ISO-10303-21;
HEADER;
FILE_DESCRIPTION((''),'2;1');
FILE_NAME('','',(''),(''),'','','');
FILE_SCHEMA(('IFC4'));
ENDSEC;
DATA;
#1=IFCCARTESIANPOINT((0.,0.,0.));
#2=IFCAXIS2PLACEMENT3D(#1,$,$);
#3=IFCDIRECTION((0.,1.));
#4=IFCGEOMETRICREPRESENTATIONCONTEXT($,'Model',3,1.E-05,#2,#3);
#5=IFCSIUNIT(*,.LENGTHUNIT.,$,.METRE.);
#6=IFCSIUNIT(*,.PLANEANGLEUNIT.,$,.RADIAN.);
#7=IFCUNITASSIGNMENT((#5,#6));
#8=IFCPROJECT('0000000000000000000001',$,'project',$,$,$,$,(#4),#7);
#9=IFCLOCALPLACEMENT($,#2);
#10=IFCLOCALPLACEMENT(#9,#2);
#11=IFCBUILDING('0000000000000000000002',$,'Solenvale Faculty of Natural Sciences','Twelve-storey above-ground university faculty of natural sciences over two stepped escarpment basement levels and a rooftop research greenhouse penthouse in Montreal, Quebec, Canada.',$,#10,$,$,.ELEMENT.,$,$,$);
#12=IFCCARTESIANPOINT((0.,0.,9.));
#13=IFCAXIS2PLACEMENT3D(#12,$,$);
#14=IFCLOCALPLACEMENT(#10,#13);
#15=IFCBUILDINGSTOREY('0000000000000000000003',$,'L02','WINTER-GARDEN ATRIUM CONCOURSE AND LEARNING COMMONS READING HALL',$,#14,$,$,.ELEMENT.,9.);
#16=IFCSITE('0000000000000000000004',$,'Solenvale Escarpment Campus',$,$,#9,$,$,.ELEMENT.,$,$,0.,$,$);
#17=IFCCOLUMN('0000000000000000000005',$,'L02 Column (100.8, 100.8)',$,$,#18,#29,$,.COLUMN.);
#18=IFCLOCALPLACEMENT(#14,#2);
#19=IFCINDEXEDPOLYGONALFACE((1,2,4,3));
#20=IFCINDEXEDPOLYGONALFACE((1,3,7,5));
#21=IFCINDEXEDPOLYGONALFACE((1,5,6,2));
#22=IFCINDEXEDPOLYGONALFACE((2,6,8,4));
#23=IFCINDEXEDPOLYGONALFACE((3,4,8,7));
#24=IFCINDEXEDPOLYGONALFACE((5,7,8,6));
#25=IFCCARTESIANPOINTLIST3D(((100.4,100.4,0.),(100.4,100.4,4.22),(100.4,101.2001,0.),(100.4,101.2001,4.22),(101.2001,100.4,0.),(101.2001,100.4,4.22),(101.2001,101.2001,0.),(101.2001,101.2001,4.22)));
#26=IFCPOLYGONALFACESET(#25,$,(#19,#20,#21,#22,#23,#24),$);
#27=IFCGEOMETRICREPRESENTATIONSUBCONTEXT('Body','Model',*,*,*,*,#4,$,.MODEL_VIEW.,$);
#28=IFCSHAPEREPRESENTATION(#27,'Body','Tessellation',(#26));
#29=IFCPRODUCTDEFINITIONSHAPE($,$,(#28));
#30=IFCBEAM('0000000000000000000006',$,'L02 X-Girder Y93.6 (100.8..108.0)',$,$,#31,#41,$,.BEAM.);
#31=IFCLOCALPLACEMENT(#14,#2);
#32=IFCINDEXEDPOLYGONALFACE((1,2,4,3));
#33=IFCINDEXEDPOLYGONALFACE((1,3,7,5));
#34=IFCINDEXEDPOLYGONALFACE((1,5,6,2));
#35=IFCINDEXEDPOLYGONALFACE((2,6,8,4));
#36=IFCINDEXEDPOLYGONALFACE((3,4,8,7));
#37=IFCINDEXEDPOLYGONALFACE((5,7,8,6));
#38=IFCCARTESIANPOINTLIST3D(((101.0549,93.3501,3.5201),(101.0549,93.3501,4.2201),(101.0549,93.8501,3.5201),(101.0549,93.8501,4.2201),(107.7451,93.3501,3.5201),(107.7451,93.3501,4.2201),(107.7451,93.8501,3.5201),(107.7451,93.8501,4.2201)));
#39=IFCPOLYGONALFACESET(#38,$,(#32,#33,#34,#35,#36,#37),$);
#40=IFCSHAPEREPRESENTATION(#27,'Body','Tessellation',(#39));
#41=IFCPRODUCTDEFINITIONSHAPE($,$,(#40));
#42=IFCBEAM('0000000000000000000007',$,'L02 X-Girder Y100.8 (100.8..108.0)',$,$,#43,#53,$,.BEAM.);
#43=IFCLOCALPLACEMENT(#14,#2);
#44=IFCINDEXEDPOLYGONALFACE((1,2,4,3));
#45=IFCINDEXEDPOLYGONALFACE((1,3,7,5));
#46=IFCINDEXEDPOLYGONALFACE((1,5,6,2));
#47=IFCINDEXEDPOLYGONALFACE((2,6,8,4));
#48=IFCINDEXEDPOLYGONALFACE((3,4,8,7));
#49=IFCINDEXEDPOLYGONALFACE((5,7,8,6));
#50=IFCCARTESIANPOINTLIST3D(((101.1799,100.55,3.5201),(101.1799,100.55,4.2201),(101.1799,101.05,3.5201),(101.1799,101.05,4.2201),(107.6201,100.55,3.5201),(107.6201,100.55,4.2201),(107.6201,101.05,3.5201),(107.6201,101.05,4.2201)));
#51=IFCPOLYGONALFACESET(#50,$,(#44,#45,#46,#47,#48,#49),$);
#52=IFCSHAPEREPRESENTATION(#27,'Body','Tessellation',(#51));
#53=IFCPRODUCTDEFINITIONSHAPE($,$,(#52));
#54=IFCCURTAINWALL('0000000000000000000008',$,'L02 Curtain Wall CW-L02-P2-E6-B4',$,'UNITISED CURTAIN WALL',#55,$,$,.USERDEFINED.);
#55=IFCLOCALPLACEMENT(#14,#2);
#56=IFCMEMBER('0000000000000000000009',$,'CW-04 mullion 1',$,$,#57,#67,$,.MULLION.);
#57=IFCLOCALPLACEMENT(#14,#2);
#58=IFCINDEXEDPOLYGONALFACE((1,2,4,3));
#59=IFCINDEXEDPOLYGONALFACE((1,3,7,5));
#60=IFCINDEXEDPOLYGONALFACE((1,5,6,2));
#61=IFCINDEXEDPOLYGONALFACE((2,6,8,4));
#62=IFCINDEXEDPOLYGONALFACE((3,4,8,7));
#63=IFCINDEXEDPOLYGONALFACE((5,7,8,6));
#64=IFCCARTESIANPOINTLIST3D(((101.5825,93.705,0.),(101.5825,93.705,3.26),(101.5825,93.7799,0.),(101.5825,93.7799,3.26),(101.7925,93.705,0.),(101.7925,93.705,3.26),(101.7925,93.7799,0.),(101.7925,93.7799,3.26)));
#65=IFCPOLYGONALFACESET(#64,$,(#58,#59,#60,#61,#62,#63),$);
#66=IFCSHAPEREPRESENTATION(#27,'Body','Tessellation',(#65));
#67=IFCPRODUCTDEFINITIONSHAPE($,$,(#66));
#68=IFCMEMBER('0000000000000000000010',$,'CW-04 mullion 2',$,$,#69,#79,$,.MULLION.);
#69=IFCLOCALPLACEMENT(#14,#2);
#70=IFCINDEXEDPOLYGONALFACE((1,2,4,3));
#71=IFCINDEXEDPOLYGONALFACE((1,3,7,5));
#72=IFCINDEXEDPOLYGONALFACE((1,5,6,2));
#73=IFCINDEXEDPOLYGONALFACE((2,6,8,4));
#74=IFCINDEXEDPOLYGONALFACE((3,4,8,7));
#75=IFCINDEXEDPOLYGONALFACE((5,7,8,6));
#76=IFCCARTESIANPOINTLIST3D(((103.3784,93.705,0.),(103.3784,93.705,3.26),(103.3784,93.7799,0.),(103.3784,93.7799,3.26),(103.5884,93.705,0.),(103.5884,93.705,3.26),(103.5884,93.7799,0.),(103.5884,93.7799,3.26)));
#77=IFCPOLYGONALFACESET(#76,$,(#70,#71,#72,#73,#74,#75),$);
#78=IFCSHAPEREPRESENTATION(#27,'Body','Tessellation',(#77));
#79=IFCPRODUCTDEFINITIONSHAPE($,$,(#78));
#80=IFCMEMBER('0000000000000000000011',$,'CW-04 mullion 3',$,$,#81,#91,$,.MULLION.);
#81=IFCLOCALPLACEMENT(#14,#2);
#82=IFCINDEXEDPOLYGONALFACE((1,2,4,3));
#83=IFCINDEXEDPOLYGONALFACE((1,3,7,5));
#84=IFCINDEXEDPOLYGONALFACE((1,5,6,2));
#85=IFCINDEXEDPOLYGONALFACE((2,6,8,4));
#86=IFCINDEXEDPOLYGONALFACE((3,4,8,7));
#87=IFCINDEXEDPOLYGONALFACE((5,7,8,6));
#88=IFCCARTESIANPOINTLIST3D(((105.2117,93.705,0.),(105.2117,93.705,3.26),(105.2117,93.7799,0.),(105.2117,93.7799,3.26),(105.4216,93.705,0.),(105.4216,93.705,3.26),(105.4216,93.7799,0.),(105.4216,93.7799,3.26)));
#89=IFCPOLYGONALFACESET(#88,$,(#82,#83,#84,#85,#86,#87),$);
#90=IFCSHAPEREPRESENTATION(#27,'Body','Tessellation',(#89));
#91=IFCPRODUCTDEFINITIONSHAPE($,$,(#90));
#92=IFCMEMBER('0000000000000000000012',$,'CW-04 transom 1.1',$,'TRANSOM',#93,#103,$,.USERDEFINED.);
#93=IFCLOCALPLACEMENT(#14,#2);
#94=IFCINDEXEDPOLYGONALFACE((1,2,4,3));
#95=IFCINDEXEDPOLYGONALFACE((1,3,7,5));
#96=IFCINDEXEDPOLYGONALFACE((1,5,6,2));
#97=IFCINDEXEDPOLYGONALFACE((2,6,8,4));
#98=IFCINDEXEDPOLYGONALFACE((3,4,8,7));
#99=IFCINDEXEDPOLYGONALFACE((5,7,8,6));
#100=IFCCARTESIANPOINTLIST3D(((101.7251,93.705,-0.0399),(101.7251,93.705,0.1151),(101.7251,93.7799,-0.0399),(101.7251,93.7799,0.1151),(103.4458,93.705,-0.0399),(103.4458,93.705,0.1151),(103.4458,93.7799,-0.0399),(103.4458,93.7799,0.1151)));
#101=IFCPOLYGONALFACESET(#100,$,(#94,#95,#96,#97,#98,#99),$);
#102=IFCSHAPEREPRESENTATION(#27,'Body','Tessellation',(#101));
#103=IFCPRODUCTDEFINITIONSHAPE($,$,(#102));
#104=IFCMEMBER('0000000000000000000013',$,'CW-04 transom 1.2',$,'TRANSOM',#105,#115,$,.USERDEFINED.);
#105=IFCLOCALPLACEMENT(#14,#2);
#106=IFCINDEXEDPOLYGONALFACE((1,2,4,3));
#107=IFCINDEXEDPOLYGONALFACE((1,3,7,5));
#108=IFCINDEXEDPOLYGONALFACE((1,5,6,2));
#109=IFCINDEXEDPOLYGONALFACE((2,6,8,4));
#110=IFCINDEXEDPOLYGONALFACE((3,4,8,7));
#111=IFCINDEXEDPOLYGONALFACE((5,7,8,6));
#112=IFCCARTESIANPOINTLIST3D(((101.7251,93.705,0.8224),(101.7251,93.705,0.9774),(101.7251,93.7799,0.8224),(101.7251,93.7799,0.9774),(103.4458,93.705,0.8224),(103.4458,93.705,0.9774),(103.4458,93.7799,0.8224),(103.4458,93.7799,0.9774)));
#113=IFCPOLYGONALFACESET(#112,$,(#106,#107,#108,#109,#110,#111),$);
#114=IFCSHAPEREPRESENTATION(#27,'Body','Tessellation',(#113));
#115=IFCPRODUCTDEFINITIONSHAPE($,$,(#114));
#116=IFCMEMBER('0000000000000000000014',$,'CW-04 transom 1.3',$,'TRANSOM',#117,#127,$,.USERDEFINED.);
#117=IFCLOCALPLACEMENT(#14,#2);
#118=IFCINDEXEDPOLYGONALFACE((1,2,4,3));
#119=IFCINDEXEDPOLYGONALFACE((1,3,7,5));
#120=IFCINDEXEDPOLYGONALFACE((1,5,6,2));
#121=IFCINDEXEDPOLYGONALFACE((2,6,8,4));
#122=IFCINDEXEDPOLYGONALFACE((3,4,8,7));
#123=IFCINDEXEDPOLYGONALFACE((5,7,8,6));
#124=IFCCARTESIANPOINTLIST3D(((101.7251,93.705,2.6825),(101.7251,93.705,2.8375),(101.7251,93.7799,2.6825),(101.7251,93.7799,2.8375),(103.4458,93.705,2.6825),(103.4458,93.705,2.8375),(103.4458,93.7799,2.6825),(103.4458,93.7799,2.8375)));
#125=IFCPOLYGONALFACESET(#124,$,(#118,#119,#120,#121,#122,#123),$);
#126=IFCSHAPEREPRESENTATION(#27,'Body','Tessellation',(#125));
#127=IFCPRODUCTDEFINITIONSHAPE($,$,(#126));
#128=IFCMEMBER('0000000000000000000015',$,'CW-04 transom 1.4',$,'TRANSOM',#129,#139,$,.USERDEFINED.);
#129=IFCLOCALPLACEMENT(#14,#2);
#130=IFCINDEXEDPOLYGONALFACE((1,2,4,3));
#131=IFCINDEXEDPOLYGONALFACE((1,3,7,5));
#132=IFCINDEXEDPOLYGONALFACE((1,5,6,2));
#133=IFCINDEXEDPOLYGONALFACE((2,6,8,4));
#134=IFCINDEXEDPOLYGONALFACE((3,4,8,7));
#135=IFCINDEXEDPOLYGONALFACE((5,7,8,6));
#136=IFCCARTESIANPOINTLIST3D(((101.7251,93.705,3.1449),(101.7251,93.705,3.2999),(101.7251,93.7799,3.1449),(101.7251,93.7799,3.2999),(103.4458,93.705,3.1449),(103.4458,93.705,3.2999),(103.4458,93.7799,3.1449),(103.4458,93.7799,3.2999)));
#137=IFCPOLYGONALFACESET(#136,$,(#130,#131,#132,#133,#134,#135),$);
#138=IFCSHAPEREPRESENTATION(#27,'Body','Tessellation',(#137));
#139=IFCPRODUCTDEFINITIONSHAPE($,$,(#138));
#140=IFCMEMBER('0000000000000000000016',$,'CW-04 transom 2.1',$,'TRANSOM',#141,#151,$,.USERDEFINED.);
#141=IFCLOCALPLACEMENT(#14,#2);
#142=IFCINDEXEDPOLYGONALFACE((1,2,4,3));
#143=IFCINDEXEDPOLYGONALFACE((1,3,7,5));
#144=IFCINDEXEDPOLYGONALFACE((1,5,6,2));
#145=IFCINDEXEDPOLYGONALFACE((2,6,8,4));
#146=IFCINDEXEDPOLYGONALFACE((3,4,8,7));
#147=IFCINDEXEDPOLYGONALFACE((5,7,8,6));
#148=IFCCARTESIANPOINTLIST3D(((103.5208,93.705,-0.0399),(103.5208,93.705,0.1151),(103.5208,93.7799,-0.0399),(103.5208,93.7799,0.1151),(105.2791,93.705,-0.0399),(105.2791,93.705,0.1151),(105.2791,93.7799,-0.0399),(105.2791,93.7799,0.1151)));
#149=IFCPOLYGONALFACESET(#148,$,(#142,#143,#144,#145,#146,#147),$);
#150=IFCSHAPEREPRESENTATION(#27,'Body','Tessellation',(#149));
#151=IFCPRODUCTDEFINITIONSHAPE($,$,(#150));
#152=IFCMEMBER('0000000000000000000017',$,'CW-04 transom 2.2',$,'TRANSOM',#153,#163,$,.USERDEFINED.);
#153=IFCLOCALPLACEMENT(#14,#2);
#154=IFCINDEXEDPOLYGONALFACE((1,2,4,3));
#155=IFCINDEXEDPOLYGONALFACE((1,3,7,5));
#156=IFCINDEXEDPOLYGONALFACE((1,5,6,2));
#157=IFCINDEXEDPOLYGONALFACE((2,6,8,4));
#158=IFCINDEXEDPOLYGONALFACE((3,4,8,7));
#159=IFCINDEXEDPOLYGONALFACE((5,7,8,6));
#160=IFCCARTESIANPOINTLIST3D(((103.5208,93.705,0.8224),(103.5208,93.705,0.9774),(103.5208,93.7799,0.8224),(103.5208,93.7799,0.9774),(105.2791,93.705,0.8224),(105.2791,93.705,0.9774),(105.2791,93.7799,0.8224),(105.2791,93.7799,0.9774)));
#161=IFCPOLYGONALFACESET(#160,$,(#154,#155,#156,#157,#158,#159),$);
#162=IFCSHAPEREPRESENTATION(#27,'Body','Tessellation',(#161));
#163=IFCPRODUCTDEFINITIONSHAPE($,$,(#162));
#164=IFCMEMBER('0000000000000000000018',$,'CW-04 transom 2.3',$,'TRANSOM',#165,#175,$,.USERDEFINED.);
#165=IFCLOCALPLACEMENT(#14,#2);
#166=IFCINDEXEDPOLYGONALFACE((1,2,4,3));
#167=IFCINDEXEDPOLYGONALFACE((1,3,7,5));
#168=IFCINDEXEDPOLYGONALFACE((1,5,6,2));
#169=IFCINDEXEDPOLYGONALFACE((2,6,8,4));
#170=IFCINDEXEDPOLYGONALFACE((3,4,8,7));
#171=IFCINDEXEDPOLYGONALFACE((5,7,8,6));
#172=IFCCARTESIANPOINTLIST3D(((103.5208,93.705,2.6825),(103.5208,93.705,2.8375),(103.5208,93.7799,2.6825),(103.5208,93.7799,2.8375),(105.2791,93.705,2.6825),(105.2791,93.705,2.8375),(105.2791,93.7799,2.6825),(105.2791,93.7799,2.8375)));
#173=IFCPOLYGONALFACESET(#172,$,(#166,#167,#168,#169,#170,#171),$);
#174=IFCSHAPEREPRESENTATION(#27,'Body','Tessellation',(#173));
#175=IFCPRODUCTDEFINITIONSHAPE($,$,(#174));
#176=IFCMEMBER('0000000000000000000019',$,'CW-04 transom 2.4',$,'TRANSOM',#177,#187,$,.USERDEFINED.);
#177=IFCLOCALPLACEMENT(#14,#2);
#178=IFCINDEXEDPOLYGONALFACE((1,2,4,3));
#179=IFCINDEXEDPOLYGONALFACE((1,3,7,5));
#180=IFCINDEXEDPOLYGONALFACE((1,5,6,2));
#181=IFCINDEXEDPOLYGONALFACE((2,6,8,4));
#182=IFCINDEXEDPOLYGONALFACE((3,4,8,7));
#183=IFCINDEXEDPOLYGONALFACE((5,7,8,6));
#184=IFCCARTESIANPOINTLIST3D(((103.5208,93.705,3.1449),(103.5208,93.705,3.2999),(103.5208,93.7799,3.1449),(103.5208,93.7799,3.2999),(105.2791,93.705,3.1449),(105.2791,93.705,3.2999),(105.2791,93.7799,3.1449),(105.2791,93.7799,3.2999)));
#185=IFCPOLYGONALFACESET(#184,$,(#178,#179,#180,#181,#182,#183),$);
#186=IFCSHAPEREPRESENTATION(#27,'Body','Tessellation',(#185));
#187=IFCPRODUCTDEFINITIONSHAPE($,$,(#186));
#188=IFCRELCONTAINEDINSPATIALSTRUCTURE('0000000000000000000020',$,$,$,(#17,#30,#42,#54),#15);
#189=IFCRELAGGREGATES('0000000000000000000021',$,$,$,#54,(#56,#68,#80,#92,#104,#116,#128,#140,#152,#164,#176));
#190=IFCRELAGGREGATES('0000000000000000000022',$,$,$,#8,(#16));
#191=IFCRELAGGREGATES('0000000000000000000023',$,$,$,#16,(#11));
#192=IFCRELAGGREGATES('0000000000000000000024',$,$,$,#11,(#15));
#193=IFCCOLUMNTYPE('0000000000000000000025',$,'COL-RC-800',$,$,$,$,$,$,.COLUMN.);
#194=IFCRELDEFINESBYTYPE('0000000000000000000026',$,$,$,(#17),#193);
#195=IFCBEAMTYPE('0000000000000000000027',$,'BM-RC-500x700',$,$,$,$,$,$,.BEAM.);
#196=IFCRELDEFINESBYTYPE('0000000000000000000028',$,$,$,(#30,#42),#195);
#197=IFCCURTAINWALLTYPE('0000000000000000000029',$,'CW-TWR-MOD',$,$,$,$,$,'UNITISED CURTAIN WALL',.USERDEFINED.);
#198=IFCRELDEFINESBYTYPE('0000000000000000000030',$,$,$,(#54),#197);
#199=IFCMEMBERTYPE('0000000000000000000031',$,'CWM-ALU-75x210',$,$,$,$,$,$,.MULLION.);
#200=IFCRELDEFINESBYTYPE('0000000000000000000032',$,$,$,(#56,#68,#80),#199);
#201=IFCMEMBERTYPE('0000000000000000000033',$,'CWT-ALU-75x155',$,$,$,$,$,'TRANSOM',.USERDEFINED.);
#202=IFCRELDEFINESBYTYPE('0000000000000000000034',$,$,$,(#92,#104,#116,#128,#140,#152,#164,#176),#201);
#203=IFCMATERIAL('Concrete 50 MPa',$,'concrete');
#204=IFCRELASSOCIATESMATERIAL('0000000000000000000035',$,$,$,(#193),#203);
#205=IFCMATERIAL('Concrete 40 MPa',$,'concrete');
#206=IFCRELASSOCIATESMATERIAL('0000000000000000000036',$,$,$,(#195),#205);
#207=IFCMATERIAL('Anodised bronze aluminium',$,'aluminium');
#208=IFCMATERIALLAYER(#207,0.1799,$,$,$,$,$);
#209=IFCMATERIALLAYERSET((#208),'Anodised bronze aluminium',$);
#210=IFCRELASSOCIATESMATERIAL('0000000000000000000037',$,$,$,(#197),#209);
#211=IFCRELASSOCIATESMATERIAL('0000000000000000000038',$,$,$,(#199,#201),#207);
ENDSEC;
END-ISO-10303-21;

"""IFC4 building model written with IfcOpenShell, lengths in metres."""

from ifc_helpers import new_model, si_unit, direction, frame, origin, origin_2d, place, context, subcontext, project, spatial, rectangle, extrude, material, layer, layer_set, material_profile, profile_set, type_object, element, aggregate, save


model = new_model("IFC4")

# Units and contexts
model_context = context("Model", 3, precision=1e-05, world=origin(), true_north=direction((0.0, 1.0)))
body_context = subcontext(model_context, "Body", "Model", "MODEL_VIEW")
ifc_project = project(units=[si_unit("LENGTHUNIT", "METRE"), si_unit("PLANEANGLEUNIT", "RADIAN")], contexts=[model_context])

# Site, building, storey
site_placement = place(None, origin())
site = spatial("IfcSite", under=ifc_project, at=site_placement, Name="Solenvale Escarpment Campus", CompositionType="ELEMENT", RefElevation=0.0)
building_placement = place(site_placement, origin())
building = spatial("IfcBuilding", under=site, at=building_placement, Name="Solenvale Faculty of Natural Sciences", Description="Twelve-storey above-ground university faculty of natural sciences over two stepped escarpment basement levels and a rooftop research greenhouse penthouse in Montreal, Quebec, Canada.", CompositionType="ELEMENT")
storey_placement = place(building_placement, frame((0.0, 0.0, 9.0)))
storey = spatial("IfcBuildingStorey", under=building, at=storey_placement, Name="L02", Description="WINTER-GARDEN ATRIUM CONCOURSE AND LEARNING COMMONS READING HALL", CompositionType="ELEMENT", Elevation=9.0)

# Column
ifc_material_1 = material(Name="Concrete 50 MPa", Category="concrete")
ifc_material_profile_1 = material_profile(ifc_material_1, rectangle(XDim=0.8, YDim=0.8, at=origin_2d()), Name="RC-COL-800x800")
ifc_profile_set_1 = profile_set([ifc_material_profile_1], Name="Concrete 50 MPa")
column_type = type_object("IfcColumnType", Name="COL-RC-800", PredefinedType="COLUMN", material=ifc_profile_set_1)
column_placement = place(storey_placement, frame((100.8, 100.8, 0.0), z_axis=(0.0, 0.0, 1.0), x_axis=(1.0, 0.0, 0.0)))
element("IfcColumn", 1, at=column_placement, inside=storey, type_object=column_type, Name="L02 Column (100.8, 100.8)", PredefinedType="COLUMN", context=body_context, shape_type="SweptSolid", body=[
    extrude(rectangle(XDim=0.8, YDim=0.8, at=origin_2d()), origin(), (0.0, 0.0, 1.0), 4.22),
])

# Beams
ifc_material_2 = material(Name="Concrete 40 MPa", Category="concrete")
ifc_material_profile_2 = material_profile(ifc_material_2, rectangle(XDim=0.5, YDim=0.7, at=origin_2d()), Name="RC-BM-500x700")
ifc_profile_set_2 = profile_set([ifc_material_profile_2], Name="Concrete 40 MPa")
beam_type = type_object("IfcBeamType", Name="BM-RC-500x700", PredefinedType="BEAM", material=ifc_profile_set_2)
beam_1_placement = place(storey_placement, frame((101.0549, 93.6001, 3.8701), z_axis=(1.0, 0.0, 0.0), x_axis=(0.0, 1.0, 0.0)))
element("IfcBeam", 2, at=beam_1_placement, inside=storey, type_object=beam_type, Name="L02 X-Girder Y93.6 (100.8..108.0)", PredefinedType="BEAM", context=body_context, shape_type="SweptSolid", body=[
    extrude(rectangle(XDim=0.5, YDim=0.7, at=origin_2d()), origin(), (0.0, 0.0, 1.0), 6.6902),
])
beam_2_placement = place(storey_placement, frame((101.1799, 100.8, 3.8701), z_axis=(1.0, 0.0, 0.0), x_axis=(0.0, 1.0, 0.0)))
element("IfcBeam", 3, at=beam_2_placement, inside=storey, type_object=beam_type, Name="L02 X-Girder Y100.8 (100.8..108.0)", PredefinedType="BEAM", context=body_context, shape_type="SweptSolid", body=[
    extrude(rectangle(XDim=0.5, YDim=0.7, at=origin_2d()), origin(), (0.0, 0.0, 1.0), 6.4402),
])

# Curtain wall, members
ifc_material_3 = material(Name="Anodised bronze aluminium", Category="aluminium")
ifc_layer_1 = layer(ifc_material_3, 0.1799)
ifc_layer_set_1 = layer_set([ifc_layer_1], Name="Anodised bronze aluminium")
curtain_wall_type = type_object("IfcCurtainWallType", Name="CW-TWR-MOD", ElementType="UNITISED CURTAIN WALL", PredefinedType="USERDEFINED", material=ifc_layer_set_1)
curtain_wall_placement = place(storey_placement, origin())
curtain_wall = element("IfcCurtainWall", 4, at=curtain_wall_placement, inside=storey, type_object=curtain_wall_type, Name="L02 Curtain Wall CW-L02-P2-E6-B4", ObjectType="UNITISED CURTAIN WALL", PredefinedType="USERDEFINED")
ifc_material_profile_3 = material_profile(ifc_material_3, rectangle(XDim=0.075, YDim=0.21, at=origin_2d()), Name="ALU-MUL-75x210")
ifc_profile_set_3 = profile_set([ifc_material_profile_3], Name="Anodised bronze aluminium")
member_type_1 = type_object("IfcMemberType", Name="CWM-ALU-75x210", PredefinedType="MULLION", material=ifc_profile_set_3)
member_1_placement = place(storey_placement, frame((101.6875, 93.7424, 0.0), z_axis=(0.0, 0.0, 1.0), x_axis=(0.0, 1.0, 0.0)))
member_1 = element("IfcMember", 5, at=member_1_placement, type_object=member_type_1, Name="CW-04 mullion 1", PredefinedType="MULLION", context=body_context, shape_type="SweptSolid", body=[
    extrude(rectangle(XDim=0.075, YDim=0.21, at=origin_2d()), origin(), (0.0, 0.0, 1.0), 3.26),
])
member_2_placement = place(storey_placement, frame((103.4834, 93.7424, 0.0), z_axis=(0.0, 0.0, 1.0), x_axis=(0.0, 1.0, 0.0)))
member_2 = element("IfcMember", 6, at=member_2_placement, type_object=member_type_1, Name="CW-04 mullion 2", PredefinedType="MULLION", context=body_context, shape_type="SweptSolid", body=[
    extrude(rectangle(XDim=0.075, YDim=0.21, at=origin_2d()), origin(), (0.0, 0.0, 1.0), 3.26),
])
member_3_placement = place(storey_placement, frame((105.3167, 93.7424, 0.0), z_axis=(0.0, 0.0, 1.0), x_axis=(0.0, 1.0, 0.0)))
member_3 = element("IfcMember", 7, at=member_3_placement, type_object=member_type_1, Name="CW-04 mullion 3", PredefinedType="MULLION", context=body_context, shape_type="SweptSolid", body=[
    extrude(rectangle(XDim=0.075, YDim=0.21, at=origin_2d()), origin(), (0.0, 0.0, 1.0), 3.26),
])
ifc_material_profile_4 = material_profile(ifc_material_3, rectangle(XDim=0.075, YDim=0.155, at=origin_2d()), Name="ALU-TRN-75x155")
ifc_profile_set_4 = profile_set([ifc_material_profile_4], Name="Anodised bronze aluminium")
member_type_2 = type_object("IfcMemberType", Name="CWT-ALU-75x155", ElementType="TRANSOM", PredefinedType="USERDEFINED", material=ifc_profile_set_4)
member_4_placement = place(storey_placement, frame((101.7251, 93.7424, 0.0376), z_axis=(1.0, 0.0, 0.0), x_axis=(0.0, 1.0, 0.0)))
member_4 = element("IfcMember", 8, at=member_4_placement, type_object=member_type_2, Name="CW-04 transom 1.1", ObjectType="TRANSOM", PredefinedType="USERDEFINED", context=body_context, shape_type="SweptSolid", body=[
    extrude(rectangle(XDim=0.075, YDim=0.155, at=origin_2d()), origin(), (0.0, 0.0, 1.0), 1.7207),
])
member_5_placement = place(storey_placement, frame((101.7251, 93.7424, 0.8999), z_axis=(1.0, 0.0, 0.0), x_axis=(0.0, 1.0, 0.0)))
member_5 = element("IfcMember", 9, at=member_5_placement, type_object=member_type_2, Name="CW-04 transom 1.2", ObjectType="TRANSOM", PredefinedType="USERDEFINED", context=body_context, shape_type="SweptSolid", body=[
    extrude(rectangle(XDim=0.075, YDim=0.155, at=origin_2d()), origin(), (0.0, 0.0, 1.0), 1.7207),
])
member_6_placement = place(storey_placement, frame((101.7251, 93.7424, 2.76), z_axis=(1.0, 0.0, 0.0), x_axis=(0.0, 1.0, 0.0)))
member_6 = element("IfcMember", 10, at=member_6_placement, type_object=member_type_2, Name="CW-04 transom 1.3", ObjectType="TRANSOM", PredefinedType="USERDEFINED", context=body_context, shape_type="SweptSolid", body=[
    extrude(rectangle(XDim=0.075, YDim=0.155, at=origin_2d()), origin(), (0.0, 0.0, 1.0), 1.7207),
])
member_7_placement = place(storey_placement, frame((101.7251, 93.7424, 3.2224), z_axis=(1.0, 0.0, 0.0), x_axis=(0.0, 1.0, 0.0)))
member_7 = element("IfcMember", 11, at=member_7_placement, type_object=member_type_2, Name="CW-04 transom 1.4", ObjectType="TRANSOM", PredefinedType="USERDEFINED", context=body_context, shape_type="SweptSolid", body=[
    extrude(rectangle(XDim=0.075, YDim=0.155, at=origin_2d()), origin(), (0.0, 0.0, 1.0), 1.7207),
])
member_8_placement = place(storey_placement, frame((103.5208, 93.7424, 0.0376), z_axis=(1.0, 0.0, 0.0), x_axis=(0.0, 1.0, 0.0)))
member_8 = element("IfcMember", 12, at=member_8_placement, type_object=member_type_2, Name="CW-04 transom 2.1", ObjectType="TRANSOM", PredefinedType="USERDEFINED", context=body_context, shape_type="SweptSolid", body=[
    extrude(rectangle(XDim=0.075, YDim=0.155, at=origin_2d()), origin(), (0.0, 0.0, 1.0), 1.7583),
])
member_9_placement = place(storey_placement, frame((103.5208, 93.7424, 0.8999), z_axis=(1.0, 0.0, 0.0), x_axis=(0.0, 1.0, 0.0)))
member_9 = element("IfcMember", 13, at=member_9_placement, type_object=member_type_2, Name="CW-04 transom 2.2", ObjectType="TRANSOM", PredefinedType="USERDEFINED", context=body_context, shape_type="SweptSolid", body=[
    extrude(rectangle(XDim=0.075, YDim=0.155, at=origin_2d()), origin(), (0.0, 0.0, 1.0), 1.7583),
])
member_10_placement = place(storey_placement, frame((103.5208, 93.7424, 2.76), z_axis=(1.0, 0.0, 0.0), x_axis=(0.0, 1.0, 0.0)))
member_10 = element("IfcMember", 14, at=member_10_placement, type_object=member_type_2, Name="CW-04 transom 2.3", ObjectType="TRANSOM", PredefinedType="USERDEFINED", context=body_context, shape_type="SweptSolid", body=[
    extrude(rectangle(XDim=0.075, YDim=0.155, at=origin_2d()), origin(), (0.0, 0.0, 1.0), 1.7583),
])
member_11_placement = place(storey_placement, frame((103.5208, 93.7424, 3.2224), z_axis=(1.0, 0.0, 0.0), x_axis=(0.0, 1.0, 0.0)))
member_11 = element("IfcMember", 15, at=member_11_placement, type_object=member_type_2, Name="CW-04 transom 2.4", ObjectType="TRANSOM", PredefinedType="USERDEFINED", context=body_context, shape_type="SweptSolid", body=[
    extrude(rectangle(XDim=0.075, YDim=0.155, at=origin_2d()), origin(), (0.0, 0.0, 1.0), 1.7583),
])
aggregate(curtain_wall, [member_1, member_2, member_3, member_4, member_5, member_6, member_7, member_8, member_9, member_10, member_11])

save(model, "model.ifc")
